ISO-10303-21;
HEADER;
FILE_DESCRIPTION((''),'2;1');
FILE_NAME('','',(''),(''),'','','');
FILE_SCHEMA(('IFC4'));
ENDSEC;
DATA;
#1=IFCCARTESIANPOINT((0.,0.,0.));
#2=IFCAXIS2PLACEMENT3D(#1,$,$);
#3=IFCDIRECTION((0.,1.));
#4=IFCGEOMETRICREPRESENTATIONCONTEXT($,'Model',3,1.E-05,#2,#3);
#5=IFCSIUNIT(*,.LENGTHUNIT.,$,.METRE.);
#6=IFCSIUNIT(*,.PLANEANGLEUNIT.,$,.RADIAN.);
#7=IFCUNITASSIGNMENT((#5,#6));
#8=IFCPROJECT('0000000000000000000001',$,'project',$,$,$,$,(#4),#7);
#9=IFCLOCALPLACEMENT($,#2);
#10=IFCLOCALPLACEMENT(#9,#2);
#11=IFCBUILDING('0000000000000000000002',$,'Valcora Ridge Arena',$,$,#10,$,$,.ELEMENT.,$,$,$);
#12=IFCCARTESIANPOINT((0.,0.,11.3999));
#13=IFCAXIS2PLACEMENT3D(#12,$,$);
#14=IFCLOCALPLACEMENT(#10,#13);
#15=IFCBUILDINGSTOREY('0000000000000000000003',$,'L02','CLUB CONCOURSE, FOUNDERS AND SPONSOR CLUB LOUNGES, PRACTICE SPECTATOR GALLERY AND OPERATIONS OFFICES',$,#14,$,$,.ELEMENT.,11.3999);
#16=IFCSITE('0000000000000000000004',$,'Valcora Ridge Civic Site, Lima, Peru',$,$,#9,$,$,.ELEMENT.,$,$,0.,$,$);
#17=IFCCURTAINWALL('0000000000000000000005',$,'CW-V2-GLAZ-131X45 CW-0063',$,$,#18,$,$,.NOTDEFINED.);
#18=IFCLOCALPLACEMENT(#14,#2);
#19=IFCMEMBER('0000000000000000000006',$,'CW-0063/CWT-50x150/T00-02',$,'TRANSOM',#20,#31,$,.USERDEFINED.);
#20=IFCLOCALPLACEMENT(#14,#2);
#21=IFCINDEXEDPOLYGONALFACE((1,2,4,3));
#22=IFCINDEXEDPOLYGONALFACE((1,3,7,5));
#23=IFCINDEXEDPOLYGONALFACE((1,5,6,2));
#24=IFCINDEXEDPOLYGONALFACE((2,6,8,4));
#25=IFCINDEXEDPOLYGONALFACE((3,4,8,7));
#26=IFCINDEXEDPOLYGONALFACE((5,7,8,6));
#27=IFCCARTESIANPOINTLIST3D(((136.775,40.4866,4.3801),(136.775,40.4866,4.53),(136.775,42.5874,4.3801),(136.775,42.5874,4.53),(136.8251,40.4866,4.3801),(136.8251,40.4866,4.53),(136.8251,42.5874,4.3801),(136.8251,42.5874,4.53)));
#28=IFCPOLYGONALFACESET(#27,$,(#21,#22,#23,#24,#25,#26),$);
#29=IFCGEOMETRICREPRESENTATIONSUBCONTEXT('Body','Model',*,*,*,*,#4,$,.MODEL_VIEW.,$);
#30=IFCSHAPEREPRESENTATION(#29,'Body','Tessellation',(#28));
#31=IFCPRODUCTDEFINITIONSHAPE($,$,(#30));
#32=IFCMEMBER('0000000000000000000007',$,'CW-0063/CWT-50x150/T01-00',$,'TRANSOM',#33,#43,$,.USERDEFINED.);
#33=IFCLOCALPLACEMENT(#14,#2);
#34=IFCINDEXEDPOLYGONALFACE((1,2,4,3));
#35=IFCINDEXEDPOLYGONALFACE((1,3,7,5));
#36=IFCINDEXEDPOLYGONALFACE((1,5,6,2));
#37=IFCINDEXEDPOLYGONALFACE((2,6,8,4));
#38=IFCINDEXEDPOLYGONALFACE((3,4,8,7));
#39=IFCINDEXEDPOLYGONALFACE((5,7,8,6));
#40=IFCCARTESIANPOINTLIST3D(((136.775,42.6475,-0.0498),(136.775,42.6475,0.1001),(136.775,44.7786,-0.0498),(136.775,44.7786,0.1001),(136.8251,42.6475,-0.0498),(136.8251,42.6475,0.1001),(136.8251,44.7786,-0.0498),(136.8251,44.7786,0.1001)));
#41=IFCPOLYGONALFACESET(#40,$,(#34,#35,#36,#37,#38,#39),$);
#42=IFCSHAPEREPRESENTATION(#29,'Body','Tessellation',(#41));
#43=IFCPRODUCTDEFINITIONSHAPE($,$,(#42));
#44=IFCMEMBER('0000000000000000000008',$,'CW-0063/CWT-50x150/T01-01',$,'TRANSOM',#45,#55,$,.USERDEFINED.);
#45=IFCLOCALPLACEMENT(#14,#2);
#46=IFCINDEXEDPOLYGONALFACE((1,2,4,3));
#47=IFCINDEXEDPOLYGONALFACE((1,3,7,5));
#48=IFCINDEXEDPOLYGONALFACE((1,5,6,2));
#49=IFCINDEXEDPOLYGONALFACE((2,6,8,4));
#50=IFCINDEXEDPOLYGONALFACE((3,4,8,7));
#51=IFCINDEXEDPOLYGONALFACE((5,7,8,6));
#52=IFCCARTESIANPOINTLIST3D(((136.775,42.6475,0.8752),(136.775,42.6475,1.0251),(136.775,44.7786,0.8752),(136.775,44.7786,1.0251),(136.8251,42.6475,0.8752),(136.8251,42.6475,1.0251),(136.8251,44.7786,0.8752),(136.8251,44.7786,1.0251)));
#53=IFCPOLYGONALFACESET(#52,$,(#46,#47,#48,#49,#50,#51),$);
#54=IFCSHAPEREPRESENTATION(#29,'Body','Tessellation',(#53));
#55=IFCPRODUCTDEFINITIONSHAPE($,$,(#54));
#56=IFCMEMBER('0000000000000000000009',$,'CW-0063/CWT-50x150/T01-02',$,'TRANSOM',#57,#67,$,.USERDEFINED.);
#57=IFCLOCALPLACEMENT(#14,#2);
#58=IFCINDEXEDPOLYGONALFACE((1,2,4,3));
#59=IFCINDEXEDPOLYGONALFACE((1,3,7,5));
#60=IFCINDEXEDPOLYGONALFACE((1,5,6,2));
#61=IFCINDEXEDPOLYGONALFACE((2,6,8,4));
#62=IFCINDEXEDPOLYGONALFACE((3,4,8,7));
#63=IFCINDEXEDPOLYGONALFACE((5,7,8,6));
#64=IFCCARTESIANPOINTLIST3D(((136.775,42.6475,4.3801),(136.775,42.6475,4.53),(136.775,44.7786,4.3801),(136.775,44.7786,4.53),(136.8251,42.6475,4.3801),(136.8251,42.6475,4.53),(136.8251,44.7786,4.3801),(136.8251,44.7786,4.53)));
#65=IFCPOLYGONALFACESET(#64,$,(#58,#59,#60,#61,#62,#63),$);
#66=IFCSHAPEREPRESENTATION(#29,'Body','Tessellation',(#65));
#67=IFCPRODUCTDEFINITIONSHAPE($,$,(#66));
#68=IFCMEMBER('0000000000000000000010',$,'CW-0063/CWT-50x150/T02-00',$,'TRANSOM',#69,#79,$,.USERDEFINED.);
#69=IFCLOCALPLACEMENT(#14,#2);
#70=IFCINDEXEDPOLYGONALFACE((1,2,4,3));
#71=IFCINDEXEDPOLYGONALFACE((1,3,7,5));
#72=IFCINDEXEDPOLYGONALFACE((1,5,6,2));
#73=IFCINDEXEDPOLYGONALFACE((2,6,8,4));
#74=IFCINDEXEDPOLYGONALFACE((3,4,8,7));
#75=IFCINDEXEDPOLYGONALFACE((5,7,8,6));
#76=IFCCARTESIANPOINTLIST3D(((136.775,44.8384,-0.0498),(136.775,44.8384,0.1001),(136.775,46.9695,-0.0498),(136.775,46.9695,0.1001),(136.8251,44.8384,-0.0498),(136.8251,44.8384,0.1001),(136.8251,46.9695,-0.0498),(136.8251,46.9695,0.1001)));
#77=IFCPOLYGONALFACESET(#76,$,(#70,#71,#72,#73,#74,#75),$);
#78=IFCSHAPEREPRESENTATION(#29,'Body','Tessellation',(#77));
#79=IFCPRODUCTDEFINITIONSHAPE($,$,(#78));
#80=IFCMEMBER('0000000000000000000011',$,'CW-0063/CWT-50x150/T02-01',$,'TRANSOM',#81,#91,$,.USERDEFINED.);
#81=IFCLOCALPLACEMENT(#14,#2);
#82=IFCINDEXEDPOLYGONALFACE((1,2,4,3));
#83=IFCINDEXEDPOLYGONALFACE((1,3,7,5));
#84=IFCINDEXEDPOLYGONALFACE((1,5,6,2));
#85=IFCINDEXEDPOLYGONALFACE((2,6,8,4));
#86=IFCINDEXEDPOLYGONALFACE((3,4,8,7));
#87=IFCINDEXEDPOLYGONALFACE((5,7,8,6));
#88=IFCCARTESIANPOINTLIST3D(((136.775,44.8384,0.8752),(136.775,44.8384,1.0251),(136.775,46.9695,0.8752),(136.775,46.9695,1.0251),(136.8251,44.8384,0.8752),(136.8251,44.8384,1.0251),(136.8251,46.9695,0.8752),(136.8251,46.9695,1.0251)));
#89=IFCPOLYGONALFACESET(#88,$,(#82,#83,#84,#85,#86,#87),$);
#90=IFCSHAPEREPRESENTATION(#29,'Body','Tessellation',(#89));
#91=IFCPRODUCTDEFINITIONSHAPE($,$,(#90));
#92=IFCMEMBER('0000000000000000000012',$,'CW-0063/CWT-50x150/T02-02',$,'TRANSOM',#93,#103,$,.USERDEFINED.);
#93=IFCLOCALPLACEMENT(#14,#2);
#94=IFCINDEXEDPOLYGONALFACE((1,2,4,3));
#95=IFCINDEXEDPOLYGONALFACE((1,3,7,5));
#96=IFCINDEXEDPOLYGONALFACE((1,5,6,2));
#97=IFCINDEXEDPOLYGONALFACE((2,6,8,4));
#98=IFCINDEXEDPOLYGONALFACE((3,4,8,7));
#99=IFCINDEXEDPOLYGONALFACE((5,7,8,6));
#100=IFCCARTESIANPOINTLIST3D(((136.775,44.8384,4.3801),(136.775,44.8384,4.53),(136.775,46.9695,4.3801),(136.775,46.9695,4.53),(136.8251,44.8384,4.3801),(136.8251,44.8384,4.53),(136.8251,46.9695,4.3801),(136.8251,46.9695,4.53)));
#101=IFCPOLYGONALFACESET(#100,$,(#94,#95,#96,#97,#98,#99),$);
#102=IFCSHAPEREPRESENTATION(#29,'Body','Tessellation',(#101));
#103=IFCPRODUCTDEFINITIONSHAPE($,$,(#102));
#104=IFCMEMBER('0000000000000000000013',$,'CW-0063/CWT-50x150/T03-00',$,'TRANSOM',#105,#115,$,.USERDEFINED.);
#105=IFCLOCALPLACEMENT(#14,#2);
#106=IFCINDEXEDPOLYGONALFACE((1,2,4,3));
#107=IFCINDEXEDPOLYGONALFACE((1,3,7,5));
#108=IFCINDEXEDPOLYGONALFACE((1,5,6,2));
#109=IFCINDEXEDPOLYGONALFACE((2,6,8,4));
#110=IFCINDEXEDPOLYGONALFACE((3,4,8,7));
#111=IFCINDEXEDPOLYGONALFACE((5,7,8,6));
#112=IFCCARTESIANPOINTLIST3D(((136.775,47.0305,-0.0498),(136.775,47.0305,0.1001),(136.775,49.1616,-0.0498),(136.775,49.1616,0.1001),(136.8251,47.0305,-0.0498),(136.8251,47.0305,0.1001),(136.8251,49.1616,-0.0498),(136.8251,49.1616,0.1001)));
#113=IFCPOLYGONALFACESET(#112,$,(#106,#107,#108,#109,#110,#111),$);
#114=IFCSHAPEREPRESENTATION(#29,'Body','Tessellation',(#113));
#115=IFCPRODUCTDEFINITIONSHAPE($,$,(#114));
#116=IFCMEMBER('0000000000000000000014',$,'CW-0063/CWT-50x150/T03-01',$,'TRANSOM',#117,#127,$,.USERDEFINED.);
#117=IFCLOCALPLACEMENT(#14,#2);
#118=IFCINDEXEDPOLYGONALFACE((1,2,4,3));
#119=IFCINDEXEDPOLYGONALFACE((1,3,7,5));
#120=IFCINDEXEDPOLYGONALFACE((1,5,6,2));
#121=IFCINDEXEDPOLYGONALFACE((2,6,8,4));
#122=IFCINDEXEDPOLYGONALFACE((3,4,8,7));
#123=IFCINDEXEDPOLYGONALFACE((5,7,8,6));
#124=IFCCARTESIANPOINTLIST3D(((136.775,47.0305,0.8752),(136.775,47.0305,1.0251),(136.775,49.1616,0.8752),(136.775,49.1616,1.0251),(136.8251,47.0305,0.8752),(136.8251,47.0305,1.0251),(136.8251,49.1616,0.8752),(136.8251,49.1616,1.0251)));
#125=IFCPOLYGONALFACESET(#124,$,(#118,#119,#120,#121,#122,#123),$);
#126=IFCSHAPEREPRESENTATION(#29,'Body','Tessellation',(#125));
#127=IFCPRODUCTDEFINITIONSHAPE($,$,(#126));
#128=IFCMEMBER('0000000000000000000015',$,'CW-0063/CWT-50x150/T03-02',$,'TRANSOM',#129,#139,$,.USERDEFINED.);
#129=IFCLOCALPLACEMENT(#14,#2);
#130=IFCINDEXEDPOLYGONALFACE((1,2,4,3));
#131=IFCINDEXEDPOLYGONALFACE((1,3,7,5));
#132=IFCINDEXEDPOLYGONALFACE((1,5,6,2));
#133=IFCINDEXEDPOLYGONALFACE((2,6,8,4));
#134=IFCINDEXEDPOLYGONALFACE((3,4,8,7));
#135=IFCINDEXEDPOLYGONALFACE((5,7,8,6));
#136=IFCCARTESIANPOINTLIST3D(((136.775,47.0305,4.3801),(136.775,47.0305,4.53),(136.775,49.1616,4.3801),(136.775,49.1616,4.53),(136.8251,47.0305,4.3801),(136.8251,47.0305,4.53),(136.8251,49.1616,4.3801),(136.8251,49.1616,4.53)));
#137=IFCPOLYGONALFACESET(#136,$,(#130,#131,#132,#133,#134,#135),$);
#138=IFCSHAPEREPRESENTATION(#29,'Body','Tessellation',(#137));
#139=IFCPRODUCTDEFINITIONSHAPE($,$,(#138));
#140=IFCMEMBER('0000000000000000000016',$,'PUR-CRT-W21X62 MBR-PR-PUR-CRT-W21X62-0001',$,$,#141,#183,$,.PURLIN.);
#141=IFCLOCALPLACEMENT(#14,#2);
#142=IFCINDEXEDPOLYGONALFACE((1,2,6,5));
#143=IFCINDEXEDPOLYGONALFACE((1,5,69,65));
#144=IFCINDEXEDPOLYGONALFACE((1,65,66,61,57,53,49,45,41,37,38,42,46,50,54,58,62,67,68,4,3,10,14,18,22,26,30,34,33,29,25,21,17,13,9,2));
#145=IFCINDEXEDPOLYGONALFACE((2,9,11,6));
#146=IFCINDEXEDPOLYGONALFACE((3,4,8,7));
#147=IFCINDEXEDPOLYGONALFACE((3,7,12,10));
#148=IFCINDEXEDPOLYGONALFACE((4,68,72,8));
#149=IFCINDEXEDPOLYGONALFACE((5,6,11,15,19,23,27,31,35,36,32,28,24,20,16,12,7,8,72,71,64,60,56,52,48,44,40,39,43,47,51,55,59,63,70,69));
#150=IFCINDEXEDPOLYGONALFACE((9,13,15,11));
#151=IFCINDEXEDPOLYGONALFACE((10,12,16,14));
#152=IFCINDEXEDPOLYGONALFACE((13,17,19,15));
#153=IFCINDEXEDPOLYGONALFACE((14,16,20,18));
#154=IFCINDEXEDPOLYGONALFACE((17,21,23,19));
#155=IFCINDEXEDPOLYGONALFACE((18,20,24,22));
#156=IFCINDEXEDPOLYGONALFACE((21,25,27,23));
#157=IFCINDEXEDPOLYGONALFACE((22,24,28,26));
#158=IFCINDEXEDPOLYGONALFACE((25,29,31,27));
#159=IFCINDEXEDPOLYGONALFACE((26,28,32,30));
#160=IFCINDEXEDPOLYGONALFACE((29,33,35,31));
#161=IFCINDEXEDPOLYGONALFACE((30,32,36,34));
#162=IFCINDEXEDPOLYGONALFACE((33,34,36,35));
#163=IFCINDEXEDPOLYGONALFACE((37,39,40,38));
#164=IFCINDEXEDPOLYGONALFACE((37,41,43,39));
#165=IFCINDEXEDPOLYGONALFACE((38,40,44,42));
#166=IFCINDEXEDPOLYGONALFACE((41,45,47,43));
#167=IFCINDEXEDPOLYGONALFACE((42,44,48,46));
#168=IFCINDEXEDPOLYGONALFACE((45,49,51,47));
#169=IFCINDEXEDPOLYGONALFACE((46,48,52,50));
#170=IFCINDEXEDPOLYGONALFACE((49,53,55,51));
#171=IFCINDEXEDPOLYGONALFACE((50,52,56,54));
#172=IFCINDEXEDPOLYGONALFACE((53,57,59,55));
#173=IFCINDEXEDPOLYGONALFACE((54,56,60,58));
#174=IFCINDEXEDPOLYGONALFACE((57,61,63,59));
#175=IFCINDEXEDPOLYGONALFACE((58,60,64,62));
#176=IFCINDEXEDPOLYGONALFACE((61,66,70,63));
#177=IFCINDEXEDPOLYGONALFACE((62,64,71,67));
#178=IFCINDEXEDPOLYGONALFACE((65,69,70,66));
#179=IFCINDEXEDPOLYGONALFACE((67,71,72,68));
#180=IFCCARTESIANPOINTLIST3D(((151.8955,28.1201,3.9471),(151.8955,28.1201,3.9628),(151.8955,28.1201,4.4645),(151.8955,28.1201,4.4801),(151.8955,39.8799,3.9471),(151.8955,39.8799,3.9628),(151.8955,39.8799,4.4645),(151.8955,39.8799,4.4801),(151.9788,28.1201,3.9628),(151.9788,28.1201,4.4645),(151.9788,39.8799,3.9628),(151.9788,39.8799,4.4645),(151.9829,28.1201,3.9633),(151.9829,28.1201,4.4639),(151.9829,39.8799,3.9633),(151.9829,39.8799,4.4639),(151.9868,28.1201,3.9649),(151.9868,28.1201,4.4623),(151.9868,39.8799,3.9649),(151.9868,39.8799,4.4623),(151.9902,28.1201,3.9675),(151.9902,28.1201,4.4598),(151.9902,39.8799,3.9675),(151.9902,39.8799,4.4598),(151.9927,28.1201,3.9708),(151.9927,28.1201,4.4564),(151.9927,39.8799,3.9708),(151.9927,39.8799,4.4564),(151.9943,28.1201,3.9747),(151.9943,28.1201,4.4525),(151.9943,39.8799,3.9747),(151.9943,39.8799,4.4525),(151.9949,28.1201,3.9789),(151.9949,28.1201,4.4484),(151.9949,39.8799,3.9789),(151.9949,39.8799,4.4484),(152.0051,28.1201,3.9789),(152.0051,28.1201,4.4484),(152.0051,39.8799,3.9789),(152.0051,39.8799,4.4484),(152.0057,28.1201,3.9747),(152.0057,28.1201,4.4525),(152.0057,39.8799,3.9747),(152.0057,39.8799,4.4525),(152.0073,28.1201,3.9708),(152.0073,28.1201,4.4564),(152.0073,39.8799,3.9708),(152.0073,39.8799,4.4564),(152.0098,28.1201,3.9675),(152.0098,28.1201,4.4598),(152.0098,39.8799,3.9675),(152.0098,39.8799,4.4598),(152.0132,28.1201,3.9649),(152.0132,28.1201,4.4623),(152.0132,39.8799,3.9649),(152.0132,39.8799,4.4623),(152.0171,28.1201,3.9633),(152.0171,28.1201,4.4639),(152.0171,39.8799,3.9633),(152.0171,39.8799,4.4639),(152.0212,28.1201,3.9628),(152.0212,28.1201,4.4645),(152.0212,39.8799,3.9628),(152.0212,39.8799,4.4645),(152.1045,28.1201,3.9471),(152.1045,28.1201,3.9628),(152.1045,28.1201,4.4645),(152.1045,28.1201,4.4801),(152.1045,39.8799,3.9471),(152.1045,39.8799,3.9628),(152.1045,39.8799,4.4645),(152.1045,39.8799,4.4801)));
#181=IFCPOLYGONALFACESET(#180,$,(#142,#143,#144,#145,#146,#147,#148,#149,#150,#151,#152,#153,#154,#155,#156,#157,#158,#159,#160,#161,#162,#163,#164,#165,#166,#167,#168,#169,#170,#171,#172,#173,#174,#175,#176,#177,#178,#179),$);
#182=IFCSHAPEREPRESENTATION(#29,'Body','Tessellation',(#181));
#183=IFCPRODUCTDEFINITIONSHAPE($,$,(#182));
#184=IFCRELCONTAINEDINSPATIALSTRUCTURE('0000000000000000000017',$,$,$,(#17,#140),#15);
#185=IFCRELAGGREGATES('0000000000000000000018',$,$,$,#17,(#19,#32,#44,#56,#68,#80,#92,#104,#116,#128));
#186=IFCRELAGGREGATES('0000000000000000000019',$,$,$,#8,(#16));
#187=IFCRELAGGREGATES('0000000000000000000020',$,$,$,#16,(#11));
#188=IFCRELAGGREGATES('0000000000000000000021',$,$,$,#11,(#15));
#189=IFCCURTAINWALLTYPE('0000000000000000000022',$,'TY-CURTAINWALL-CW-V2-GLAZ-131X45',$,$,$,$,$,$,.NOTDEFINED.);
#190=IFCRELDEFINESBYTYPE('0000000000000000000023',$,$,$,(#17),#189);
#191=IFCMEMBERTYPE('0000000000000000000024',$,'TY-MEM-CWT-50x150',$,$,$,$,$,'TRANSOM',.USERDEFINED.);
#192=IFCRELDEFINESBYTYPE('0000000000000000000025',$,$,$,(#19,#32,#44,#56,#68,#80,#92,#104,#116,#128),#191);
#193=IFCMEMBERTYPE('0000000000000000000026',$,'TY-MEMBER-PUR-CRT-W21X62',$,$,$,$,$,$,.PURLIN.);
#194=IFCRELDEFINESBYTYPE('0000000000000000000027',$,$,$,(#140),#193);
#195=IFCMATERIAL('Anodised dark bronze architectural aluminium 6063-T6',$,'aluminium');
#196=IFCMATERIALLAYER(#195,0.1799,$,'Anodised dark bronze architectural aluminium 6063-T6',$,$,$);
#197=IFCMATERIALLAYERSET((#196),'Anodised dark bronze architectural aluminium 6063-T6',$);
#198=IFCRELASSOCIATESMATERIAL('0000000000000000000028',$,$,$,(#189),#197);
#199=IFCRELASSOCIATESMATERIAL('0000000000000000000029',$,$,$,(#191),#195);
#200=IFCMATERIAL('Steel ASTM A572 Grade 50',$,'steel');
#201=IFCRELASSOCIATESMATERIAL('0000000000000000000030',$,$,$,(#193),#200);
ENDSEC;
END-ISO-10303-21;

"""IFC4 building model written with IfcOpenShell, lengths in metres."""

from ifc_helpers import new_model, si_unit, direction, frame, origin, origin_2d, place, context, subcontext, project, spatial, rectangle, i_section, extrude, material, layer, layer_set, material_profile, profile_set, type_object, element, aggregate, save


model = new_model("IFC4")

# Units and contexts
model_context = context("Model", 3, precision=1e-05, world=origin(), true_north=direction((0.0, 1.0)))
body_context = subcontext(model_context, "Body", "Model", "MODEL_VIEW")
ifc_project = project(units=[si_unit("LENGTHUNIT", "METRE"), si_unit("PLANEANGLEUNIT", "RADIAN")], contexts=[model_context])

# Site, building, storey
site_placement = place(None, origin())
site = spatial("IfcSite", under=ifc_project, at=site_placement, Name="Valcora Ridge Civic Site, Lima, Peru", CompositionType="ELEMENT", RefElevation=0.0)
building_placement = place(site_placement, origin())
building = spatial("IfcBuilding", under=site, at=building_placement, Name="Valcora Ridge Arena", CompositionType="ELEMENT")
storey_placement = place(building_placement, frame((0.0, 0.0, 11.3999)))
storey = spatial("IfcBuildingStorey", under=building, at=storey_placement, Name="L02", Description="CLUB CONCOURSE, FOUNDERS AND SPONSOR CLUB LOUNGES, PRACTICE SPECTATOR GALLERY AND OPERATIONS OFFICES", CompositionType="ELEMENT", Elevation=11.3999)

# Shared definitions
ifc_material_1 = material(Name="Steel ASTM A572 Grade 50", Category="steel")

# Curtain wall, members
ifc_material_2 = material(Name="Anodised dark bronze architectural aluminium 6063-T6", Category="aluminium")
ifc_layer_1 = layer(ifc_material_2, 0.1799, Name="Anodised dark bronze architectural aluminium 6063-T6")
ifc_layer_set_1 = layer_set([ifc_layer_1], Name="Anodised dark bronze architectural aluminium 6063-T6")
curtain_wall_type = type_object("IfcCurtainWallType", Name="TY-CURTAINWALL-CW-V2-GLAZ-131X45", PredefinedType="NOTDEFINED", material=ifc_layer_set_1)
curtain_wall_placement = place(storey_placement, origin())
curtain_wall = element("IfcCurtainWall", 1, at=curtain_wall_placement, inside=storey, type_object=curtain_wall_type, Name="CW-V2-GLAZ-131X45 CW-0063", PredefinedType="NOTDEFINED")
ifc_material_profile_1 = material_profile(ifc_material_2, rectangle(XDim=0.05, YDim=0.1499, at=origin_2d()), Name="ALU TRANSOM 50x150")
ifc_profile_set_1 = profile_set([ifc_material_profile_1], Name="Anodised dark bronze architectural aluminium 6063-T6")
member_type_1 = type_object("IfcMemberType", Name="TY-MEM-CWT-50x150", ElementType="TRANSOM", PredefinedType="USERDEFINED", material=ifc_profile_set_1)
member_1_placement = place(storey_placement, frame((136.8, 40.4866, 4.4551), z_axis=(0.0, 1.0, 0.0), x_axis=(-1.0, 0.0, 0.0)))
member_1 = element("IfcMember", 2, at=member_1_placement, type_object=member_type_1, Name="CW-0063/CWT-50x150/T00-02", ObjectType="TRANSOM", PredefinedType="USERDEFINED", context=body_context, shape_type="SweptSolid", body=[
    extrude(rectangle(XDim=0.05, YDim=0.1499, at=origin_2d()), origin(), (0.0, 0.0, 1.0), 2.1008),
])
member_2_placement = place(storey_placement, frame((136.8, 42.6475, 0.0251), z_axis=(0.0, 1.0, 0.0), x_axis=(-1.0, 0.0, 0.0)))
member_2 = element("IfcMember", 3, at=member_2_placement, type_object=member_type_1, Name="CW-0063/CWT-50x150/T01-00", ObjectType="TRANSOM", PredefinedType="USERDEFINED", context=body_context, shape_type="SweptSolid", body=[
    extrude(rectangle(XDim=0.05, YDim=0.1499, at=origin_2d()), origin(), (0.0, 0.0, 1.0), 2.1311),
])
member_3_placement = place(storey_placement, frame((136.8, 42.6475, 0.9502), z_axis=(0.0, 1.0, 0.0), x_axis=(-1.0, 0.0, 0.0)))
member_3 = element("IfcMember", 4, at=member_3_placement, type_object=member_type_1, Name="CW-0063/CWT-50x150/T01-01", ObjectType="TRANSOM", PredefinedType="USERDEFINED", context=body_context, shape_type="SweptSolid", body=[
    extrude(rectangle(XDim=0.05, YDim=0.1499, at=origin_2d()), origin(), (0.0, 0.0, 1.0), 2.1311),
])
member_4_placement = place(storey_placement, frame((136.8, 42.6475, 4.4551), z_axis=(0.0, 1.0, 0.0), x_axis=(-1.0, 0.0, 0.0)))
member_4 = element("IfcMember", 5, at=member_4_placement, type_object=member_type_1, Name="CW-0063/CWT-50x150/T01-02", ObjectType="TRANSOM", PredefinedType="USERDEFINED", context=body_context, shape_type="SweptSolid", body=[
    extrude(rectangle(XDim=0.05, YDim=0.1499, at=origin_2d()), origin(), (0.0, 0.0, 1.0), 2.1311),
])
member_5_placement = place(storey_placement, frame((136.8, 44.8384, 0.0251), z_axis=(0.0, 1.0, 0.0), x_axis=(-1.0, 0.0, 0.0)))
member_5 = element("IfcMember", 6, at=member_5_placement, type_object=member_type_1, Name="CW-0063/CWT-50x150/T02-00", ObjectType="TRANSOM", PredefinedType="USERDEFINED", context=body_context, shape_type="SweptSolid", body=[
    extrude(rectangle(XDim=0.05, YDim=0.1499, at=origin_2d()), origin(), (0.0, 0.0, 1.0), 2.1311),
])
member_6_placement = place(storey_placement, frame((136.8, 44.8384, 0.9502), z_axis=(0.0, 1.0, 0.0), x_axis=(-1.0, 0.0, 0.0)))
member_6 = element("IfcMember", 7, at=member_6_placement, type_object=member_type_1, Name="CW-0063/CWT-50x150/T02-01", ObjectType="TRANSOM", PredefinedType="USERDEFINED", context=body_context, shape_type="SweptSolid", body=[
    extrude(rectangle(XDim=0.05, YDim=0.1499, at=origin_2d()), origin(), (0.0, 0.0, 1.0), 2.1311),
])
member_7_placement = place(storey_placement, frame((136.8, 44.8384, 4.4551), z_axis=(0.0, 1.0, 0.0), x_axis=(-1.0, 0.0, 0.0)))
member_7 = element("IfcMember", 8, at=member_7_placement, type_object=member_type_1, Name="CW-0063/CWT-50x150/T02-02", ObjectType="TRANSOM", PredefinedType="USERDEFINED", context=body_context, shape_type="SweptSolid", body=[
    extrude(rectangle(XDim=0.05, YDim=0.1499, at=origin_2d()), origin(), (0.0, 0.0, 1.0), 2.1311),
])
member_8_placement = place(storey_placement, frame((136.8, 47.0305, 0.0251), z_axis=(0.0, 1.0, 0.0), x_axis=(-1.0, 0.0, 0.0)))
member_8 = element("IfcMember", 9, at=member_8_placement, type_object=member_type_1, Name="CW-0063/CWT-50x150/T03-00", ObjectType="TRANSOM", PredefinedType="USERDEFINED", context=body_context, shape_type="SweptSolid", body=[
    extrude(rectangle(XDim=0.05, YDim=0.1499, at=origin_2d()), origin(), (0.0, 0.0, 1.0), 2.1311),
])
member_9_placement = place(storey_placement, frame((136.8, 47.0305, 0.9502), z_axis=(0.0, 1.0, 0.0), x_axis=(-1.0, 0.0, 0.0)))
member_9 = element("IfcMember", 10, at=member_9_placement, type_object=member_type_1, Name="CW-0063/CWT-50x150/T03-01", ObjectType="TRANSOM", PredefinedType="USERDEFINED", context=body_context, shape_type="SweptSolid", body=[
    extrude(rectangle(XDim=0.05, YDim=0.1499, at=origin_2d()), origin(), (0.0, 0.0, 1.0), 2.1311),
])
member_10_placement = place(storey_placement, frame((136.8, 47.0305, 4.4551), z_axis=(0.0, 1.0, 0.0), x_axis=(-1.0, 0.0, 0.0)))
member_10 = element("IfcMember", 11, at=member_10_placement, type_object=member_type_1, Name="CW-0063/CWT-50x150/T03-02", ObjectType="TRANSOM", PredefinedType="USERDEFINED", context=body_context, shape_type="SweptSolid", body=[
    extrude(rectangle(XDim=0.05, YDim=0.1499, at=origin_2d()), origin(), (0.0, 0.0, 1.0), 2.1311),
])

# Member
ifc_material_profile_2 = material_profile(ifc_material_1, i_section(OverallWidth=0.209, OverallDepth=0.533, WebThickness=0.0103, FlangeThickness=0.0156, FilletRadius=0.0161, at=origin_2d()), Name="W21X62")
ifc_profile_set_2 = profile_set([ifc_material_profile_2], Name="Steel ASTM A572 Grade 50")
member_type_2 = type_object("IfcMemberType", Name="TY-MEMBER-PUR-CRT-W21X62", PredefinedType="PURLIN", material=ifc_profile_set_2)
for number, where, z_axis, x_axis, name in (
    (12, (152.0, 28.1201, 4.2136), (0.0, 1.0, 0.0), (-1.0, 0.0, 0.0), "PUR-CRT-W21X62 MBR-PR-PUR-CRT-W21X62-0001"),
):
    element("IfcMember", number, at=place(storey_placement, frame(where, z_axis=z_axis, x_axis=x_axis)), inside=storey, type_object=member_type_2, Name=name, PredefinedType="PURLIN", context=body_context, shape_type="SweptSolid", body=[
        extrude(i_section(OverallWidth=0.209, OverallDepth=0.533, WebThickness=0.0103, FlangeThickness=0.0156, FilletRadius=0.0161, at=origin_2d()), origin(), (0.0, 0.0, 1.0), 11.7598),
    ])

aggregate(curtain_wall, [member_1, member_2, member_3, member_4, member_5, member_6, member_7, member_8, member_9, member_10])

save(model, "model.ifc")
